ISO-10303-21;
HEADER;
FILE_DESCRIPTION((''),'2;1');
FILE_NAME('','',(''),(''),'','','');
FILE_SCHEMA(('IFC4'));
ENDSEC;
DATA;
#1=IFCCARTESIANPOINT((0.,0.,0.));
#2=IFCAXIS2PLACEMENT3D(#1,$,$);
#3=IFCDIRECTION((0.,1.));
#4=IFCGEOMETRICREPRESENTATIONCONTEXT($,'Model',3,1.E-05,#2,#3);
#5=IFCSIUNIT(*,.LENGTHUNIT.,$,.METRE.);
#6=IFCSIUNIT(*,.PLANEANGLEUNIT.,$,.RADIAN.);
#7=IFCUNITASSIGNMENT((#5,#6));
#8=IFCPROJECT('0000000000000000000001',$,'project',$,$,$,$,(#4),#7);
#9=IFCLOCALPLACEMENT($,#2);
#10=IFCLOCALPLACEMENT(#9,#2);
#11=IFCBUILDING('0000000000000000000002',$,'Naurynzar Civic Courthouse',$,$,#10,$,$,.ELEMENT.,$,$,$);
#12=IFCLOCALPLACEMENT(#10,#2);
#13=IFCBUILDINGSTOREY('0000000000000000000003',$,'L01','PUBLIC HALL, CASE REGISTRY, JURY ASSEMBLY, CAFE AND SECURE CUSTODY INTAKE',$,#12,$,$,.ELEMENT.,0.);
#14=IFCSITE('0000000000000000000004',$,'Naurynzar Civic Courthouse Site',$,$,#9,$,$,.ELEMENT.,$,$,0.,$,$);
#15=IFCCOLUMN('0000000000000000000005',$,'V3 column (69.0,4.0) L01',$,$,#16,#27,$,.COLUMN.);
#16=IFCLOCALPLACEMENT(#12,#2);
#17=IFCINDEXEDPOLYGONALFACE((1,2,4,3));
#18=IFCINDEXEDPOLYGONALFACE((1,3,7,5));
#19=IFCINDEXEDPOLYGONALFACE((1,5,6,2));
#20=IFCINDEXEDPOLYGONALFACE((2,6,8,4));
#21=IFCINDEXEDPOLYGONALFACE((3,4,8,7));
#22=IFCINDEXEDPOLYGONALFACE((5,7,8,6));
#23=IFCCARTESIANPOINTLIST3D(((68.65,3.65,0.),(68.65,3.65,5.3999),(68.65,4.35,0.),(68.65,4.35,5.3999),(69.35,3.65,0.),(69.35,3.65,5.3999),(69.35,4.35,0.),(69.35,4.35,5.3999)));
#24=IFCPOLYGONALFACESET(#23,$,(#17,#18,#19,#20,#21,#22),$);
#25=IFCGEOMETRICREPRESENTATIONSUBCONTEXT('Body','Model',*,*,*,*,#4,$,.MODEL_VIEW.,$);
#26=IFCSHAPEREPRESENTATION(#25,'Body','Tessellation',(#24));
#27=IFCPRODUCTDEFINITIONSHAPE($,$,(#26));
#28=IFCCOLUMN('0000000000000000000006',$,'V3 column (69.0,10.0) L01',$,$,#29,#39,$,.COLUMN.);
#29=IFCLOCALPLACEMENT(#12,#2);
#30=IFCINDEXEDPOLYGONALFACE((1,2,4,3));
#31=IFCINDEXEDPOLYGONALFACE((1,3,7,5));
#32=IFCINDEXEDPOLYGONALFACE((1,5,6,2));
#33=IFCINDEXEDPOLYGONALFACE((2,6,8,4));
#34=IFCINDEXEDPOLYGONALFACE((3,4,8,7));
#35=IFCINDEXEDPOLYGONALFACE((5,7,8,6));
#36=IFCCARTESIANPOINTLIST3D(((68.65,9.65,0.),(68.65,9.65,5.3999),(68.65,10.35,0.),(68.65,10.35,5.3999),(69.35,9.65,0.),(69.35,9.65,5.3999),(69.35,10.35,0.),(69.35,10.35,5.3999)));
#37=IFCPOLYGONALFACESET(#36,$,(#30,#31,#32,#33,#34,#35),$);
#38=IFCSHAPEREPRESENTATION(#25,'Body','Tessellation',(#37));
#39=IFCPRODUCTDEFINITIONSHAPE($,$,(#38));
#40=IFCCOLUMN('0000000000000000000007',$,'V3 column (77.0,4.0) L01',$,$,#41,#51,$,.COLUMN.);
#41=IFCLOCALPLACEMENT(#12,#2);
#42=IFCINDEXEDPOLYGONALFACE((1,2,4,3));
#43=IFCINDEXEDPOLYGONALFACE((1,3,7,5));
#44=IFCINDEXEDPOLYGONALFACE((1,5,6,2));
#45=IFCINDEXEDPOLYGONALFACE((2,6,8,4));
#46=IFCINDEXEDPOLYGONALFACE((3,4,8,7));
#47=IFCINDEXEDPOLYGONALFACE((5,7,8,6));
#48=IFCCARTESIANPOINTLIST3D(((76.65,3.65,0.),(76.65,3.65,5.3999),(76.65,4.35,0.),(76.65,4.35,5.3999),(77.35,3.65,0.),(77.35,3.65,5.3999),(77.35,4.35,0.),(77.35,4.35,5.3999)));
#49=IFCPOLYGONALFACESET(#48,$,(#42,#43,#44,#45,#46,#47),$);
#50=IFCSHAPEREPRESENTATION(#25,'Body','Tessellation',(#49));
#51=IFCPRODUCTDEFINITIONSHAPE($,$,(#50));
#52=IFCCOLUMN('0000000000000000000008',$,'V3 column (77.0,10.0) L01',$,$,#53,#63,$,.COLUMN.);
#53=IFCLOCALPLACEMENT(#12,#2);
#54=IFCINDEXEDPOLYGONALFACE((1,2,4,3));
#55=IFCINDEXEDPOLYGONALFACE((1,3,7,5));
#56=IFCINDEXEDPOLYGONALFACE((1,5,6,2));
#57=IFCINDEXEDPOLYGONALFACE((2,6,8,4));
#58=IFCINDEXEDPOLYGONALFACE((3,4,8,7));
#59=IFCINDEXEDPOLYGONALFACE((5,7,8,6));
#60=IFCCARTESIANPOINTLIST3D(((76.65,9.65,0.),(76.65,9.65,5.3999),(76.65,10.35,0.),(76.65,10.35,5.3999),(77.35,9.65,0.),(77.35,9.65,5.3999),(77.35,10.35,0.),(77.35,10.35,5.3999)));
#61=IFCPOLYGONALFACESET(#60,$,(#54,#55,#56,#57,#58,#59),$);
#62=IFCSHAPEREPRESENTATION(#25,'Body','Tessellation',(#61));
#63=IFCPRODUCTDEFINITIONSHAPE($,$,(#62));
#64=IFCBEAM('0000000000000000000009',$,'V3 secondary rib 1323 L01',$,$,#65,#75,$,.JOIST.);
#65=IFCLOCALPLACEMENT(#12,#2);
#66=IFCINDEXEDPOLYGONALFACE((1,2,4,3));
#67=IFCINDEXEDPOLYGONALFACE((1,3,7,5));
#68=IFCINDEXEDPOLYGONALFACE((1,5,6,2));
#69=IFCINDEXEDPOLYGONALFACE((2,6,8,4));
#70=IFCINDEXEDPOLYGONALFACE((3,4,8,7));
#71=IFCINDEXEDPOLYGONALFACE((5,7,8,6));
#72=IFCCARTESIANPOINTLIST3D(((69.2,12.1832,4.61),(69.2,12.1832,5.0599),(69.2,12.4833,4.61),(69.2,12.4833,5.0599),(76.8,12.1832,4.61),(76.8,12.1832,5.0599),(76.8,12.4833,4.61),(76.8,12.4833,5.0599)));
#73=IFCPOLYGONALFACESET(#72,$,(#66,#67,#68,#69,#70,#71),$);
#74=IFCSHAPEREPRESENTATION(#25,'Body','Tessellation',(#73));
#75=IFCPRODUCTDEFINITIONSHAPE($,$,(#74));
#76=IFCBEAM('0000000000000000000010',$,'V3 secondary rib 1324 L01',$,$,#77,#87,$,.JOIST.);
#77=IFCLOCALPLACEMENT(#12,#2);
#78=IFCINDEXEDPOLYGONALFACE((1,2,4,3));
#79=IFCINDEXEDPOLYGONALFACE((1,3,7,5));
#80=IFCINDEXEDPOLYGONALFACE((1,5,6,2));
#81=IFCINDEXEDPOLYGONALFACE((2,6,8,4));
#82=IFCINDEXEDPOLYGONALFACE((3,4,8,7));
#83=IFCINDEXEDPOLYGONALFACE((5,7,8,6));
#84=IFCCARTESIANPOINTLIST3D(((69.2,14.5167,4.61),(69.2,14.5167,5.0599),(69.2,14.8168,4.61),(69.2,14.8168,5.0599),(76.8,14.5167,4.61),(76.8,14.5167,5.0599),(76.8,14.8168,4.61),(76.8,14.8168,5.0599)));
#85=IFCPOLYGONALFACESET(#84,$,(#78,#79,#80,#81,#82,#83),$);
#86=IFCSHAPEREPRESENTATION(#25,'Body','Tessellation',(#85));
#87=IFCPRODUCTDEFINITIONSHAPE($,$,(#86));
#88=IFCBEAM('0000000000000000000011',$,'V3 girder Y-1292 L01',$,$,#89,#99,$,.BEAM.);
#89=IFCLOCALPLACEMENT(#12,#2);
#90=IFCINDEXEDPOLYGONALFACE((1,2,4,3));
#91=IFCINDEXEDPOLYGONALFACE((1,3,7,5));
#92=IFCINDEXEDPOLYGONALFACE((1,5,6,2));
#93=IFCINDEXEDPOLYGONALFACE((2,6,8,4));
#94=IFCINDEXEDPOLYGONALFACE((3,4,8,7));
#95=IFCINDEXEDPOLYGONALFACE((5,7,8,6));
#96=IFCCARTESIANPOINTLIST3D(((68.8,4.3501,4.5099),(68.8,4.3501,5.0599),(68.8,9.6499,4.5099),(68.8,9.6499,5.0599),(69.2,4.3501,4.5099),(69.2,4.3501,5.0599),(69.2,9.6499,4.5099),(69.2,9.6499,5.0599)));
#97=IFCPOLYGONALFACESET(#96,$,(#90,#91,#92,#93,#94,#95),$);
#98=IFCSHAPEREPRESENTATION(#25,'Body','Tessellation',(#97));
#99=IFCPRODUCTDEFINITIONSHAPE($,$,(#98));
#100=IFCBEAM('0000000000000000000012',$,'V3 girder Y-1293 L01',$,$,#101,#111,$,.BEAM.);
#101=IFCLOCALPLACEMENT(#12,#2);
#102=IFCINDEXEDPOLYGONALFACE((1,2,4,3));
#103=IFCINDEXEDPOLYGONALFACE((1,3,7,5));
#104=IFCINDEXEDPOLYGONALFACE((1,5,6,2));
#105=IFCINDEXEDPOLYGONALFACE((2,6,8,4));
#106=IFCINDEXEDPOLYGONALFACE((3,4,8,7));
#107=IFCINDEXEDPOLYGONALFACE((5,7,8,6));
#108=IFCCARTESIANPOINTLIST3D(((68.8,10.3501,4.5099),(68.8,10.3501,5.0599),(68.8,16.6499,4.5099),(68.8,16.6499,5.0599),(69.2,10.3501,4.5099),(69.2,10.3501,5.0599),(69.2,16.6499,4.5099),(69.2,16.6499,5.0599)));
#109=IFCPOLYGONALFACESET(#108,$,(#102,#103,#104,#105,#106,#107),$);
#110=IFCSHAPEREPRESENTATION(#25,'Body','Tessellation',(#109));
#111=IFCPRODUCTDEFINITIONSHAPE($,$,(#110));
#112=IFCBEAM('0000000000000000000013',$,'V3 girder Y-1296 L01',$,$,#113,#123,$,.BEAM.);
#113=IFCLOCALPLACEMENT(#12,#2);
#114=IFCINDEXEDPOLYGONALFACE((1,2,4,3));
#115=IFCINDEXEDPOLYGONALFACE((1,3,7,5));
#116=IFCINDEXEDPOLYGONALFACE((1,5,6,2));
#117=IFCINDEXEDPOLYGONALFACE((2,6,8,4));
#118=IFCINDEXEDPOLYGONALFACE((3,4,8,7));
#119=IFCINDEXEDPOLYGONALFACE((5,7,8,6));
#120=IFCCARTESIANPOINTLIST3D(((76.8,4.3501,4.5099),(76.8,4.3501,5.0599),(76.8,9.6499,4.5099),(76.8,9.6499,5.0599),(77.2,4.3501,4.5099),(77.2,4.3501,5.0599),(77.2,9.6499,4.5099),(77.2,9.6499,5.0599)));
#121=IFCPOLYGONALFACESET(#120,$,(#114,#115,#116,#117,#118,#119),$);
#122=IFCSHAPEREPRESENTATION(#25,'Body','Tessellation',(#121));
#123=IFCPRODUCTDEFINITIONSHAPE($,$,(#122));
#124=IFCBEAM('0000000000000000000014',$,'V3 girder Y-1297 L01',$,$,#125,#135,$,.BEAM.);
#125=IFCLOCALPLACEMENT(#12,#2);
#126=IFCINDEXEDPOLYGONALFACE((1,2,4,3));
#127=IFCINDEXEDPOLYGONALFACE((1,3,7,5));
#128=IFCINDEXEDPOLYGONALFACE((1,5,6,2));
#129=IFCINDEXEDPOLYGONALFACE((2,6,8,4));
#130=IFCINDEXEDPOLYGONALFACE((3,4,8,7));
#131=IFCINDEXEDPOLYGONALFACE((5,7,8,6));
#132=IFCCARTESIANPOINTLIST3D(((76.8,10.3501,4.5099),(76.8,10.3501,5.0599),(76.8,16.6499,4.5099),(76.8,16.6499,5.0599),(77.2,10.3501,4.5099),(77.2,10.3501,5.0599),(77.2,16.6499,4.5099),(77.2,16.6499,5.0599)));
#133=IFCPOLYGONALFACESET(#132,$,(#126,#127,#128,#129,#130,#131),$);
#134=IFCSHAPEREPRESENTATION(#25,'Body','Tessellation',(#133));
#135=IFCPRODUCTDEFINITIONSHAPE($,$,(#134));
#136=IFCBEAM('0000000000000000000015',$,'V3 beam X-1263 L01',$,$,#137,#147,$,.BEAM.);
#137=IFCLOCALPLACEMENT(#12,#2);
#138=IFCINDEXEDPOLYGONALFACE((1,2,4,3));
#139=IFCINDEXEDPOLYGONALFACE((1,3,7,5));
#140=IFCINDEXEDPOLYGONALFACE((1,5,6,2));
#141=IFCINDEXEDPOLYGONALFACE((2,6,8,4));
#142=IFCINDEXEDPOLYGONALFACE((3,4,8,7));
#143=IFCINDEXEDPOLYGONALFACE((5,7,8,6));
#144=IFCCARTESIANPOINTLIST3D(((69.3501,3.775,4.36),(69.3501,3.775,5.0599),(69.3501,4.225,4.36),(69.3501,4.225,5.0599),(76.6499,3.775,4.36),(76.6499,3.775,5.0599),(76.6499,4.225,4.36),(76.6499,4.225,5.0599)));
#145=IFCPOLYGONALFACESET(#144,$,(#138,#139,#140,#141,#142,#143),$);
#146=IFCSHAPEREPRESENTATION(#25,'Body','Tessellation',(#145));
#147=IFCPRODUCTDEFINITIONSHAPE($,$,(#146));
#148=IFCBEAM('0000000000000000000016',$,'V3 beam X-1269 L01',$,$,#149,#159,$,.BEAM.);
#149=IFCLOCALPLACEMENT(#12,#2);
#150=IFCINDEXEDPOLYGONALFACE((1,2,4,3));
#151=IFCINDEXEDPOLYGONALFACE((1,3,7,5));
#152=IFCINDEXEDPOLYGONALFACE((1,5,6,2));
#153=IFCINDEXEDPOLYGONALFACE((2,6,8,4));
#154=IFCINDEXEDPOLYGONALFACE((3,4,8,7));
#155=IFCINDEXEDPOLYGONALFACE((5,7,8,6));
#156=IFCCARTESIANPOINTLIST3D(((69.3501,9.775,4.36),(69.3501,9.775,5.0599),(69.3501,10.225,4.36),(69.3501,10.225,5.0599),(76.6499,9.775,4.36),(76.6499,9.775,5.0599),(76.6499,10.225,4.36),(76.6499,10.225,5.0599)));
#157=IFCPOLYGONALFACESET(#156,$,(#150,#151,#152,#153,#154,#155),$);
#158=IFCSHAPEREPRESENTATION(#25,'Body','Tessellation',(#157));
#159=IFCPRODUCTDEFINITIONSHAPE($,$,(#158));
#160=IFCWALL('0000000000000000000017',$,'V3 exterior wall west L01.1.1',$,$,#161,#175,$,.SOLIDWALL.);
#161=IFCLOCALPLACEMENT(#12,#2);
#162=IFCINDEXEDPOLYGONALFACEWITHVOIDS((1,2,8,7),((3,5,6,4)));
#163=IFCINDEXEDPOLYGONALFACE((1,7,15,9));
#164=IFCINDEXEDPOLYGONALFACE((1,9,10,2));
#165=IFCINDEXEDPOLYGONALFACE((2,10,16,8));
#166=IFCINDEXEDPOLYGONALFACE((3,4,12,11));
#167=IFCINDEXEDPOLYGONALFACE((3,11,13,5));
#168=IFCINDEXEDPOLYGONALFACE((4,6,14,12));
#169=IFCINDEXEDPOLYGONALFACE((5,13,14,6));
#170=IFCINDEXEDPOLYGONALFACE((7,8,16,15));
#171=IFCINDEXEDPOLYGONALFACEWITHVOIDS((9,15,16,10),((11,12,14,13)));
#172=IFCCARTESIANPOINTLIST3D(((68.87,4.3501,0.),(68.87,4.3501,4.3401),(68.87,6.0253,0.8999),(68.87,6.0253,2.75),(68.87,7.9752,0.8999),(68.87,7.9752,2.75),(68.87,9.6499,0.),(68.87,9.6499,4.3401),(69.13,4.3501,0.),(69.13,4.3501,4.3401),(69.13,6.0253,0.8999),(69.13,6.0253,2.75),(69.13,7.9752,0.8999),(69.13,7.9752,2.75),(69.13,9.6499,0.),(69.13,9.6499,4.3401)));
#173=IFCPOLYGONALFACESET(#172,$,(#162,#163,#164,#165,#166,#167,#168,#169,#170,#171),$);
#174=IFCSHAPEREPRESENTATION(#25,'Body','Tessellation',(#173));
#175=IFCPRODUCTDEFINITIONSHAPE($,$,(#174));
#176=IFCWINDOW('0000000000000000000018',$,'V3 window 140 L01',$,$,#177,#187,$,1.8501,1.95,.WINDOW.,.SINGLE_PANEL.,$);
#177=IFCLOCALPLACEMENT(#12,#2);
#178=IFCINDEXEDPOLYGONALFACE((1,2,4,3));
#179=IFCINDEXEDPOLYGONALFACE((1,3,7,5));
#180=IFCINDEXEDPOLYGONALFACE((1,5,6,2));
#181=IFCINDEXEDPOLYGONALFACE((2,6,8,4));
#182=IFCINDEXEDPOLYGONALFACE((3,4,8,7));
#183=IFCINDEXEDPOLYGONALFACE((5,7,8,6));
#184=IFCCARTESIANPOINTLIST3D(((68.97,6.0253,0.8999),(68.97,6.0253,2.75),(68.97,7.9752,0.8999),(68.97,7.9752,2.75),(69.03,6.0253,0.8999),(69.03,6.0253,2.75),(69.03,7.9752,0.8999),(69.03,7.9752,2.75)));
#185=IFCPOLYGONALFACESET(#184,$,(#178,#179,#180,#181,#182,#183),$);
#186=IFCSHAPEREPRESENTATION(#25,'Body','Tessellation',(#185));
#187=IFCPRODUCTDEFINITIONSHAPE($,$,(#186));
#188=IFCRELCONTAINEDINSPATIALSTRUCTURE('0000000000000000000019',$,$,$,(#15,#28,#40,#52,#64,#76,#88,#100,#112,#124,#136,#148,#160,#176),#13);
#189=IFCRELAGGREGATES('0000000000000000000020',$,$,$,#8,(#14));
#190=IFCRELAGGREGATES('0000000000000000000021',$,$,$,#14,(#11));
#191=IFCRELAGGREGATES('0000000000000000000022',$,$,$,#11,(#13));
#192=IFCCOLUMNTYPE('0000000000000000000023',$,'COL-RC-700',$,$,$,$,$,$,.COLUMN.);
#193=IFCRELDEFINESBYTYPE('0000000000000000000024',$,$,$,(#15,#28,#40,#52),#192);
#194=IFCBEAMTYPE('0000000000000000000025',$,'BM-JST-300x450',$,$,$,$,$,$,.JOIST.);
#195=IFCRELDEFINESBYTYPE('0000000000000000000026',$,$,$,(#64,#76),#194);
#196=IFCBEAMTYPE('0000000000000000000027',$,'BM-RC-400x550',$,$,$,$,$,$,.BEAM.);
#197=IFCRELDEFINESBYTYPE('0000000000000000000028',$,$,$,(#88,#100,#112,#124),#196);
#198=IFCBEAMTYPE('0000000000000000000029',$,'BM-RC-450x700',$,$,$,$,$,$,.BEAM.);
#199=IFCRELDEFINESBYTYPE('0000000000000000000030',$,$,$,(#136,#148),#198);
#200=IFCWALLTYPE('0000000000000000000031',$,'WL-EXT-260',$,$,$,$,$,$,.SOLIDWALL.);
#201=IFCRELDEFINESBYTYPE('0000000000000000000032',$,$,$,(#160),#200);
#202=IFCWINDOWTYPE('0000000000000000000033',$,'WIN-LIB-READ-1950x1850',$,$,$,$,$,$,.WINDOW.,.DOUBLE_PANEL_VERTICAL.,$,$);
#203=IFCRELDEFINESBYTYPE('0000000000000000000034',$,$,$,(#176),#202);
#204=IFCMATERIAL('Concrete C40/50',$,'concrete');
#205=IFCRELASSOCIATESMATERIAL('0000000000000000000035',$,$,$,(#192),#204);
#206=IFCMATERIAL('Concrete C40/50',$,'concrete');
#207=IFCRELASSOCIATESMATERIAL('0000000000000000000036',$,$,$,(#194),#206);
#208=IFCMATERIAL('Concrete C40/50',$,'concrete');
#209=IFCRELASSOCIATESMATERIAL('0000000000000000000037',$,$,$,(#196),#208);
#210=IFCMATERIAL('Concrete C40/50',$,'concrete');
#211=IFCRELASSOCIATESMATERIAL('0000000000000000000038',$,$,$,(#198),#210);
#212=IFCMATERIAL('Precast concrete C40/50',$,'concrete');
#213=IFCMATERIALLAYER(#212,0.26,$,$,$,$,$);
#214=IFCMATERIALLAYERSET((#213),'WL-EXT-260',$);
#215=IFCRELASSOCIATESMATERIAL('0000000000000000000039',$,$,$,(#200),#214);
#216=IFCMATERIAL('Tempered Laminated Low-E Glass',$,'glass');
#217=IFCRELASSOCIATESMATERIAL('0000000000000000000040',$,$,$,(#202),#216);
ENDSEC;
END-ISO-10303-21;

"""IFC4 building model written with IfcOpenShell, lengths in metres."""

from ifc_helpers import new_model, si_unit, direction, frame, frame_2d, origin, origin_2d, place, context, subcontext, project, spatial, rectangle, extrude, material, layer, layer_set, material_profile, profile_set, type_object, element, fill, save


model = new_model("IFC4")

# Units and contexts
model_context = context("Model", 3, precision=1e-05, world=origin(), true_north=direction((0.0, 1.0)))
body_context = subcontext(model_context, "Body", "Model", "MODEL_VIEW")
ifc_project = project(units=[si_unit("LENGTHUNIT", "METRE"), si_unit("PLANEANGLEUNIT", "RADIAN")], contexts=[model_context])

# Site, building, storey
site_placement = place(None, origin())
site = spatial("IfcSite", under=ifc_project, at=site_placement, Name="Naurynzar Civic Courthouse Site", CompositionType="ELEMENT", RefElevation=0.0)
building_placement = place(site_placement, origin())
building = spatial("IfcBuilding", under=site, at=building_placement, Name="Naurynzar Civic Courthouse", CompositionType="ELEMENT")
storey_placement = place(building_placement, origin())
storey = spatial("IfcBuildingStorey", under=building, at=storey_placement, Name="L01", Description="PUBLIC HALL, CASE REGISTRY, JURY ASSEMBLY, CAFE AND SECURE CUSTODY INTAKE", CompositionType="ELEMENT", Elevation=0.0)

# Columns
ifc_material_1 = material(Name="Concrete C40/50", Category="concrete")
ifc_material_profile_1 = material_profile(ifc_material_1, rectangle(XDim=0.7, YDim=0.7, at=origin_2d()), Name="RC 700x700")
ifc_profile_set_1 = profile_set([ifc_material_profile_1], Name="Concrete C40/50")
column_type = type_object("IfcColumnType", Name="COL-RC-700", PredefinedType="COLUMN", material=ifc_profile_set_1)
for number, where, z_axis, x_axis, name in (
    (1, (69.0, 4.0, 0.0), (0.0, 0.0, 1.0), (1.0, 0.0, 0.0), "V3 column (69.0,4.0) L01"),
    (2, (69.0, 10.0, 0.0), (0.0, 0.0, 1.0), (1.0, 0.0, 0.0), "V3 column (69.0,10.0) L01"),
    (3, (77.0, 4.0, 0.0), (0.0, 0.0, 1.0), (1.0, 0.0, 0.0), "V3 column (77.0,4.0) L01"),
    (4, (77.0, 10.0, 0.0), (0.0, 0.0, 1.0), (1.0, 0.0, 0.0), "V3 column (77.0,10.0) L01"),
):
    element("IfcColumn", number, at=place(storey_placement, frame(where, z_axis=z_axis, x_axis=x_axis)), inside=storey, type_object=column_type, Name=name, PredefinedType="COLUMN", context=body_context, shape_type="SweptSolid", body=[
        extrude(rectangle(XDim=0.7, YDim=0.7, at=origin_2d()), origin(), (0.0, 0.0, 1.0), 5.3999),
    ])

# Beams
ifc_material_2 = material(Name="Concrete C40/50", Category="concrete")
ifc_material_profile_2 = material_profile(ifc_material_2, rectangle(XDim=0.3, YDim=0.45, at=origin_2d()), Name="RCJ 300x450")
ifc_profile_set_2 = profile_set([ifc_material_profile_2], Name="Concrete C40/50")
beam_type_1 = type_object("IfcBeamType", Name="BM-JST-300x450", PredefinedType="JOIST", material=ifc_profile_set_2)
for number, where, z_axis, x_axis, name in (
    (5, (69.2, 12.3333, 4.835), (1.0, 0.0, 0.0), (0.0, 1.0, 0.0), "V3 secondary rib 1323 L01"),
    (6, (69.2, 14.6667, 4.835), (1.0, 0.0, 0.0), (0.0, 1.0, 0.0), "V3 secondary rib 1324 L01"),
):
    element("IfcBeam", number, at=place(storey_placement, frame(where, z_axis=z_axis, x_axis=x_axis)), inside=storey, type_object=beam_type_1, Name=name, PredefinedType="JOIST", context=body_context, shape_type="SweptSolid", body=[
        extrude(rectangle(XDim=0.3, YDim=0.45, at=origin_2d()), origin(), (0.0, 0.0, 1.0), 7.6001),
    ])
ifc_material_3 = material(Name="Concrete C40/50", Category="concrete")
ifc_material_profile_3 = material_profile(ifc_material_3, rectangle(XDim=0.3999, YDim=0.55, at=origin_2d()), Name="RCB 400x550")
ifc_profile_set_3 = profile_set([ifc_material_profile_3], Name="Concrete C40/50")
beam_type_2 = type_object("IfcBeamType", Name="BM-RC-400x550", PredefinedType="BEAM", material=ifc_profile_set_3)
beam_1_placement = place(storey_placement, frame((69.0, 4.3501, 4.7849), z_axis=(0.0, 1.0, 0.0), x_axis=(-1.0, 0.0, 0.0)))
element("IfcBeam", 7, at=beam_1_placement, inside=storey, type_object=beam_type_2, Name="V3 girder Y-1292 L01", PredefinedType="BEAM", context=body_context, shape_type="SweptSolid", body=[
    extrude(rectangle(XDim=0.3999, YDim=0.55, at=origin_2d()), origin(), (0.0, 0.0, 1.0), 5.2998),
])
beam_2_placement = place(storey_placement, frame((69.0, 10.3501, 4.7849), z_axis=(0.0, 1.0, 0.0), x_axis=(-1.0, 0.0, 0.0)))
element("IfcBeam", 8, at=beam_2_placement, inside=storey, type_object=beam_type_2, Name="V3 girder Y-1293 L01", PredefinedType="BEAM", context=body_context, shape_type="SweptSolid", body=[
    extrude(rectangle(XDim=0.3999, YDim=0.55, at=origin_2d()), origin(), (0.0, 0.0, 1.0), 6.2998),
])
beam_3_placement = place(storey_placement, frame((77.0, 4.3501, 4.7849), z_axis=(0.0, 1.0, 0.0), x_axis=(-1.0, 0.0, 0.0)))
element("IfcBeam", 9, at=beam_3_placement, inside=storey, type_object=beam_type_2, Name="V3 girder Y-1296 L01", PredefinedType="BEAM", context=body_context, shape_type="SweptSolid", body=[
    extrude(rectangle(XDim=0.3999, YDim=0.55, at=origin_2d()), origin(), (0.0, 0.0, 1.0), 5.2998),
])
beam_4_placement = place(storey_placement, frame((77.0, 10.3501, 4.7849), z_axis=(0.0, 1.0, 0.0), x_axis=(-1.0, 0.0, 0.0)))
element("IfcBeam", 10, at=beam_4_placement, inside=storey, type_object=beam_type_2, Name="V3 girder Y-1297 L01", PredefinedType="BEAM", context=body_context, shape_type="SweptSolid", body=[
    extrude(rectangle(XDim=0.3999, YDim=0.55, at=origin_2d()), origin(), (0.0, 0.0, 1.0), 6.2998),
])
ifc_material_4 = material(Name="Concrete C40/50", Category="concrete")
ifc_material_profile_4 = material_profile(ifc_material_4, rectangle(XDim=0.45, YDim=0.7, at=origin_2d()), Name="RCB 450x700")
ifc_profile_set_4 = profile_set([ifc_material_profile_4], Name="Concrete C40/50")
beam_type_3 = type_object("IfcBeamType", Name="BM-RC-450x700", PredefinedType="BEAM", material=ifc_profile_set_4)
for number, where, z_axis, x_axis, name in (
    (11, (69.3501, 4.0, 4.71), (1.0, 0.0, 0.0), (0.0, 1.0, 0.0), "V3 beam X-1263 L01"),
    (12, (69.3501, 10.0, 4.71), (1.0, 0.0, 0.0), (0.0, 1.0, 0.0), "V3 beam X-1269 L01"),
):
    element("IfcBeam", number, at=place(storey_placement, frame(where, z_axis=z_axis, x_axis=x_axis)), inside=storey, type_object=beam_type_3, Name=name, PredefinedType="BEAM", context=body_context, shape_type="SweptSolid", body=[
        extrude(rectangle(XDim=0.45, YDim=0.7, at=origin_2d()), origin(), (0.0, 0.0, 1.0), 7.2998),
    ])

# Wall, opening, window
ifc_material_5 = material(Name="Precast concrete C40/50", Category="concrete")
ifc_layer_1 = layer(ifc_material_5, 0.26)
ifc_layer_set_1 = layer_set([ifc_layer_1], Name="WL-EXT-260")
wall_type_1 = type_object("IfcWallType", Name="WL-EXT-260", PredefinedType="SOLIDWALL", material=ifc_layer_set_1)
wall_1_placement = place(storey_placement, frame((69.0, 4.3501, 0.0), z_axis=(0.0, 0.0, 1.0), x_axis=(0.0, 1.0, 0.0)))
wall_1 = element("IfcWall", 13, at=wall_1_placement, inside=storey, type_object=wall_type_1, Name="V3 exterior wall west L01.1.1", PredefinedType="SOLIDWALL", context=body_context, shape_type="SweptSolid", body=[
    extrude(rectangle(XDim=5.2998, YDim=0.26, at=frame_2d((2.6499, 0.0))), origin(), (0.0, 0.0, 1.0), 4.3401),
])
opening_1_placement = place(wall_1_placement, frame((1.675, 0.0, 0.8999)))
opening_1 = element("IfcOpeningElement", 14, at=opening_1_placement, cuts=wall_1, PredefinedType="OPENING", context=body_context, shape_type="SweptSolid", body=[
    extrude(rectangle(XDim=1.95, YDim=1.8501, at=frame_2d((0.9751, 0.925))), frame((0.0, 0.1399, 0.0), z_axis=(0.0, -1.0, 0.0), x_axis=(1.0, 0.0, 0.0)), (0.0, 0.0, 1.0), 0.28),
])
ifc_material_6 = material(Name="Tempered Laminated Low-E Glass", Category="glass")
window_type_1 = type_object("IfcWindowType", Name="WIN-LIB-READ-1950x1850", PartitioningType="DOUBLE_PANEL_VERTICAL", PredefinedType="WINDOW", material=ifc_material_6)
window_1_placement = place(opening_1_placement, origin())
window_1 = element("IfcWindow", 15, at=window_1_placement, inside=storey, type_object=window_type_1, Name="V3 window 140 L01", OverallHeight=1.8501, OverallWidth=1.95, PartitioningType="SINGLE_PANEL", PredefinedType="WINDOW", context=body_context, shape_type="SweptSolid", body=[
    extrude(rectangle(XDim=1.95, YDim=1.8501, at=frame_2d((0.9751, 0.925))), frame((0.0, 0.03, 0.0), z_axis=(0.0, -1.0, 0.0), x_axis=(1.0, 0.0, 0.0)), (0.0, 0.0, 1.0), 0.0601),
])
fill(opening_1, window_1)

save(model, "model.ifc")
